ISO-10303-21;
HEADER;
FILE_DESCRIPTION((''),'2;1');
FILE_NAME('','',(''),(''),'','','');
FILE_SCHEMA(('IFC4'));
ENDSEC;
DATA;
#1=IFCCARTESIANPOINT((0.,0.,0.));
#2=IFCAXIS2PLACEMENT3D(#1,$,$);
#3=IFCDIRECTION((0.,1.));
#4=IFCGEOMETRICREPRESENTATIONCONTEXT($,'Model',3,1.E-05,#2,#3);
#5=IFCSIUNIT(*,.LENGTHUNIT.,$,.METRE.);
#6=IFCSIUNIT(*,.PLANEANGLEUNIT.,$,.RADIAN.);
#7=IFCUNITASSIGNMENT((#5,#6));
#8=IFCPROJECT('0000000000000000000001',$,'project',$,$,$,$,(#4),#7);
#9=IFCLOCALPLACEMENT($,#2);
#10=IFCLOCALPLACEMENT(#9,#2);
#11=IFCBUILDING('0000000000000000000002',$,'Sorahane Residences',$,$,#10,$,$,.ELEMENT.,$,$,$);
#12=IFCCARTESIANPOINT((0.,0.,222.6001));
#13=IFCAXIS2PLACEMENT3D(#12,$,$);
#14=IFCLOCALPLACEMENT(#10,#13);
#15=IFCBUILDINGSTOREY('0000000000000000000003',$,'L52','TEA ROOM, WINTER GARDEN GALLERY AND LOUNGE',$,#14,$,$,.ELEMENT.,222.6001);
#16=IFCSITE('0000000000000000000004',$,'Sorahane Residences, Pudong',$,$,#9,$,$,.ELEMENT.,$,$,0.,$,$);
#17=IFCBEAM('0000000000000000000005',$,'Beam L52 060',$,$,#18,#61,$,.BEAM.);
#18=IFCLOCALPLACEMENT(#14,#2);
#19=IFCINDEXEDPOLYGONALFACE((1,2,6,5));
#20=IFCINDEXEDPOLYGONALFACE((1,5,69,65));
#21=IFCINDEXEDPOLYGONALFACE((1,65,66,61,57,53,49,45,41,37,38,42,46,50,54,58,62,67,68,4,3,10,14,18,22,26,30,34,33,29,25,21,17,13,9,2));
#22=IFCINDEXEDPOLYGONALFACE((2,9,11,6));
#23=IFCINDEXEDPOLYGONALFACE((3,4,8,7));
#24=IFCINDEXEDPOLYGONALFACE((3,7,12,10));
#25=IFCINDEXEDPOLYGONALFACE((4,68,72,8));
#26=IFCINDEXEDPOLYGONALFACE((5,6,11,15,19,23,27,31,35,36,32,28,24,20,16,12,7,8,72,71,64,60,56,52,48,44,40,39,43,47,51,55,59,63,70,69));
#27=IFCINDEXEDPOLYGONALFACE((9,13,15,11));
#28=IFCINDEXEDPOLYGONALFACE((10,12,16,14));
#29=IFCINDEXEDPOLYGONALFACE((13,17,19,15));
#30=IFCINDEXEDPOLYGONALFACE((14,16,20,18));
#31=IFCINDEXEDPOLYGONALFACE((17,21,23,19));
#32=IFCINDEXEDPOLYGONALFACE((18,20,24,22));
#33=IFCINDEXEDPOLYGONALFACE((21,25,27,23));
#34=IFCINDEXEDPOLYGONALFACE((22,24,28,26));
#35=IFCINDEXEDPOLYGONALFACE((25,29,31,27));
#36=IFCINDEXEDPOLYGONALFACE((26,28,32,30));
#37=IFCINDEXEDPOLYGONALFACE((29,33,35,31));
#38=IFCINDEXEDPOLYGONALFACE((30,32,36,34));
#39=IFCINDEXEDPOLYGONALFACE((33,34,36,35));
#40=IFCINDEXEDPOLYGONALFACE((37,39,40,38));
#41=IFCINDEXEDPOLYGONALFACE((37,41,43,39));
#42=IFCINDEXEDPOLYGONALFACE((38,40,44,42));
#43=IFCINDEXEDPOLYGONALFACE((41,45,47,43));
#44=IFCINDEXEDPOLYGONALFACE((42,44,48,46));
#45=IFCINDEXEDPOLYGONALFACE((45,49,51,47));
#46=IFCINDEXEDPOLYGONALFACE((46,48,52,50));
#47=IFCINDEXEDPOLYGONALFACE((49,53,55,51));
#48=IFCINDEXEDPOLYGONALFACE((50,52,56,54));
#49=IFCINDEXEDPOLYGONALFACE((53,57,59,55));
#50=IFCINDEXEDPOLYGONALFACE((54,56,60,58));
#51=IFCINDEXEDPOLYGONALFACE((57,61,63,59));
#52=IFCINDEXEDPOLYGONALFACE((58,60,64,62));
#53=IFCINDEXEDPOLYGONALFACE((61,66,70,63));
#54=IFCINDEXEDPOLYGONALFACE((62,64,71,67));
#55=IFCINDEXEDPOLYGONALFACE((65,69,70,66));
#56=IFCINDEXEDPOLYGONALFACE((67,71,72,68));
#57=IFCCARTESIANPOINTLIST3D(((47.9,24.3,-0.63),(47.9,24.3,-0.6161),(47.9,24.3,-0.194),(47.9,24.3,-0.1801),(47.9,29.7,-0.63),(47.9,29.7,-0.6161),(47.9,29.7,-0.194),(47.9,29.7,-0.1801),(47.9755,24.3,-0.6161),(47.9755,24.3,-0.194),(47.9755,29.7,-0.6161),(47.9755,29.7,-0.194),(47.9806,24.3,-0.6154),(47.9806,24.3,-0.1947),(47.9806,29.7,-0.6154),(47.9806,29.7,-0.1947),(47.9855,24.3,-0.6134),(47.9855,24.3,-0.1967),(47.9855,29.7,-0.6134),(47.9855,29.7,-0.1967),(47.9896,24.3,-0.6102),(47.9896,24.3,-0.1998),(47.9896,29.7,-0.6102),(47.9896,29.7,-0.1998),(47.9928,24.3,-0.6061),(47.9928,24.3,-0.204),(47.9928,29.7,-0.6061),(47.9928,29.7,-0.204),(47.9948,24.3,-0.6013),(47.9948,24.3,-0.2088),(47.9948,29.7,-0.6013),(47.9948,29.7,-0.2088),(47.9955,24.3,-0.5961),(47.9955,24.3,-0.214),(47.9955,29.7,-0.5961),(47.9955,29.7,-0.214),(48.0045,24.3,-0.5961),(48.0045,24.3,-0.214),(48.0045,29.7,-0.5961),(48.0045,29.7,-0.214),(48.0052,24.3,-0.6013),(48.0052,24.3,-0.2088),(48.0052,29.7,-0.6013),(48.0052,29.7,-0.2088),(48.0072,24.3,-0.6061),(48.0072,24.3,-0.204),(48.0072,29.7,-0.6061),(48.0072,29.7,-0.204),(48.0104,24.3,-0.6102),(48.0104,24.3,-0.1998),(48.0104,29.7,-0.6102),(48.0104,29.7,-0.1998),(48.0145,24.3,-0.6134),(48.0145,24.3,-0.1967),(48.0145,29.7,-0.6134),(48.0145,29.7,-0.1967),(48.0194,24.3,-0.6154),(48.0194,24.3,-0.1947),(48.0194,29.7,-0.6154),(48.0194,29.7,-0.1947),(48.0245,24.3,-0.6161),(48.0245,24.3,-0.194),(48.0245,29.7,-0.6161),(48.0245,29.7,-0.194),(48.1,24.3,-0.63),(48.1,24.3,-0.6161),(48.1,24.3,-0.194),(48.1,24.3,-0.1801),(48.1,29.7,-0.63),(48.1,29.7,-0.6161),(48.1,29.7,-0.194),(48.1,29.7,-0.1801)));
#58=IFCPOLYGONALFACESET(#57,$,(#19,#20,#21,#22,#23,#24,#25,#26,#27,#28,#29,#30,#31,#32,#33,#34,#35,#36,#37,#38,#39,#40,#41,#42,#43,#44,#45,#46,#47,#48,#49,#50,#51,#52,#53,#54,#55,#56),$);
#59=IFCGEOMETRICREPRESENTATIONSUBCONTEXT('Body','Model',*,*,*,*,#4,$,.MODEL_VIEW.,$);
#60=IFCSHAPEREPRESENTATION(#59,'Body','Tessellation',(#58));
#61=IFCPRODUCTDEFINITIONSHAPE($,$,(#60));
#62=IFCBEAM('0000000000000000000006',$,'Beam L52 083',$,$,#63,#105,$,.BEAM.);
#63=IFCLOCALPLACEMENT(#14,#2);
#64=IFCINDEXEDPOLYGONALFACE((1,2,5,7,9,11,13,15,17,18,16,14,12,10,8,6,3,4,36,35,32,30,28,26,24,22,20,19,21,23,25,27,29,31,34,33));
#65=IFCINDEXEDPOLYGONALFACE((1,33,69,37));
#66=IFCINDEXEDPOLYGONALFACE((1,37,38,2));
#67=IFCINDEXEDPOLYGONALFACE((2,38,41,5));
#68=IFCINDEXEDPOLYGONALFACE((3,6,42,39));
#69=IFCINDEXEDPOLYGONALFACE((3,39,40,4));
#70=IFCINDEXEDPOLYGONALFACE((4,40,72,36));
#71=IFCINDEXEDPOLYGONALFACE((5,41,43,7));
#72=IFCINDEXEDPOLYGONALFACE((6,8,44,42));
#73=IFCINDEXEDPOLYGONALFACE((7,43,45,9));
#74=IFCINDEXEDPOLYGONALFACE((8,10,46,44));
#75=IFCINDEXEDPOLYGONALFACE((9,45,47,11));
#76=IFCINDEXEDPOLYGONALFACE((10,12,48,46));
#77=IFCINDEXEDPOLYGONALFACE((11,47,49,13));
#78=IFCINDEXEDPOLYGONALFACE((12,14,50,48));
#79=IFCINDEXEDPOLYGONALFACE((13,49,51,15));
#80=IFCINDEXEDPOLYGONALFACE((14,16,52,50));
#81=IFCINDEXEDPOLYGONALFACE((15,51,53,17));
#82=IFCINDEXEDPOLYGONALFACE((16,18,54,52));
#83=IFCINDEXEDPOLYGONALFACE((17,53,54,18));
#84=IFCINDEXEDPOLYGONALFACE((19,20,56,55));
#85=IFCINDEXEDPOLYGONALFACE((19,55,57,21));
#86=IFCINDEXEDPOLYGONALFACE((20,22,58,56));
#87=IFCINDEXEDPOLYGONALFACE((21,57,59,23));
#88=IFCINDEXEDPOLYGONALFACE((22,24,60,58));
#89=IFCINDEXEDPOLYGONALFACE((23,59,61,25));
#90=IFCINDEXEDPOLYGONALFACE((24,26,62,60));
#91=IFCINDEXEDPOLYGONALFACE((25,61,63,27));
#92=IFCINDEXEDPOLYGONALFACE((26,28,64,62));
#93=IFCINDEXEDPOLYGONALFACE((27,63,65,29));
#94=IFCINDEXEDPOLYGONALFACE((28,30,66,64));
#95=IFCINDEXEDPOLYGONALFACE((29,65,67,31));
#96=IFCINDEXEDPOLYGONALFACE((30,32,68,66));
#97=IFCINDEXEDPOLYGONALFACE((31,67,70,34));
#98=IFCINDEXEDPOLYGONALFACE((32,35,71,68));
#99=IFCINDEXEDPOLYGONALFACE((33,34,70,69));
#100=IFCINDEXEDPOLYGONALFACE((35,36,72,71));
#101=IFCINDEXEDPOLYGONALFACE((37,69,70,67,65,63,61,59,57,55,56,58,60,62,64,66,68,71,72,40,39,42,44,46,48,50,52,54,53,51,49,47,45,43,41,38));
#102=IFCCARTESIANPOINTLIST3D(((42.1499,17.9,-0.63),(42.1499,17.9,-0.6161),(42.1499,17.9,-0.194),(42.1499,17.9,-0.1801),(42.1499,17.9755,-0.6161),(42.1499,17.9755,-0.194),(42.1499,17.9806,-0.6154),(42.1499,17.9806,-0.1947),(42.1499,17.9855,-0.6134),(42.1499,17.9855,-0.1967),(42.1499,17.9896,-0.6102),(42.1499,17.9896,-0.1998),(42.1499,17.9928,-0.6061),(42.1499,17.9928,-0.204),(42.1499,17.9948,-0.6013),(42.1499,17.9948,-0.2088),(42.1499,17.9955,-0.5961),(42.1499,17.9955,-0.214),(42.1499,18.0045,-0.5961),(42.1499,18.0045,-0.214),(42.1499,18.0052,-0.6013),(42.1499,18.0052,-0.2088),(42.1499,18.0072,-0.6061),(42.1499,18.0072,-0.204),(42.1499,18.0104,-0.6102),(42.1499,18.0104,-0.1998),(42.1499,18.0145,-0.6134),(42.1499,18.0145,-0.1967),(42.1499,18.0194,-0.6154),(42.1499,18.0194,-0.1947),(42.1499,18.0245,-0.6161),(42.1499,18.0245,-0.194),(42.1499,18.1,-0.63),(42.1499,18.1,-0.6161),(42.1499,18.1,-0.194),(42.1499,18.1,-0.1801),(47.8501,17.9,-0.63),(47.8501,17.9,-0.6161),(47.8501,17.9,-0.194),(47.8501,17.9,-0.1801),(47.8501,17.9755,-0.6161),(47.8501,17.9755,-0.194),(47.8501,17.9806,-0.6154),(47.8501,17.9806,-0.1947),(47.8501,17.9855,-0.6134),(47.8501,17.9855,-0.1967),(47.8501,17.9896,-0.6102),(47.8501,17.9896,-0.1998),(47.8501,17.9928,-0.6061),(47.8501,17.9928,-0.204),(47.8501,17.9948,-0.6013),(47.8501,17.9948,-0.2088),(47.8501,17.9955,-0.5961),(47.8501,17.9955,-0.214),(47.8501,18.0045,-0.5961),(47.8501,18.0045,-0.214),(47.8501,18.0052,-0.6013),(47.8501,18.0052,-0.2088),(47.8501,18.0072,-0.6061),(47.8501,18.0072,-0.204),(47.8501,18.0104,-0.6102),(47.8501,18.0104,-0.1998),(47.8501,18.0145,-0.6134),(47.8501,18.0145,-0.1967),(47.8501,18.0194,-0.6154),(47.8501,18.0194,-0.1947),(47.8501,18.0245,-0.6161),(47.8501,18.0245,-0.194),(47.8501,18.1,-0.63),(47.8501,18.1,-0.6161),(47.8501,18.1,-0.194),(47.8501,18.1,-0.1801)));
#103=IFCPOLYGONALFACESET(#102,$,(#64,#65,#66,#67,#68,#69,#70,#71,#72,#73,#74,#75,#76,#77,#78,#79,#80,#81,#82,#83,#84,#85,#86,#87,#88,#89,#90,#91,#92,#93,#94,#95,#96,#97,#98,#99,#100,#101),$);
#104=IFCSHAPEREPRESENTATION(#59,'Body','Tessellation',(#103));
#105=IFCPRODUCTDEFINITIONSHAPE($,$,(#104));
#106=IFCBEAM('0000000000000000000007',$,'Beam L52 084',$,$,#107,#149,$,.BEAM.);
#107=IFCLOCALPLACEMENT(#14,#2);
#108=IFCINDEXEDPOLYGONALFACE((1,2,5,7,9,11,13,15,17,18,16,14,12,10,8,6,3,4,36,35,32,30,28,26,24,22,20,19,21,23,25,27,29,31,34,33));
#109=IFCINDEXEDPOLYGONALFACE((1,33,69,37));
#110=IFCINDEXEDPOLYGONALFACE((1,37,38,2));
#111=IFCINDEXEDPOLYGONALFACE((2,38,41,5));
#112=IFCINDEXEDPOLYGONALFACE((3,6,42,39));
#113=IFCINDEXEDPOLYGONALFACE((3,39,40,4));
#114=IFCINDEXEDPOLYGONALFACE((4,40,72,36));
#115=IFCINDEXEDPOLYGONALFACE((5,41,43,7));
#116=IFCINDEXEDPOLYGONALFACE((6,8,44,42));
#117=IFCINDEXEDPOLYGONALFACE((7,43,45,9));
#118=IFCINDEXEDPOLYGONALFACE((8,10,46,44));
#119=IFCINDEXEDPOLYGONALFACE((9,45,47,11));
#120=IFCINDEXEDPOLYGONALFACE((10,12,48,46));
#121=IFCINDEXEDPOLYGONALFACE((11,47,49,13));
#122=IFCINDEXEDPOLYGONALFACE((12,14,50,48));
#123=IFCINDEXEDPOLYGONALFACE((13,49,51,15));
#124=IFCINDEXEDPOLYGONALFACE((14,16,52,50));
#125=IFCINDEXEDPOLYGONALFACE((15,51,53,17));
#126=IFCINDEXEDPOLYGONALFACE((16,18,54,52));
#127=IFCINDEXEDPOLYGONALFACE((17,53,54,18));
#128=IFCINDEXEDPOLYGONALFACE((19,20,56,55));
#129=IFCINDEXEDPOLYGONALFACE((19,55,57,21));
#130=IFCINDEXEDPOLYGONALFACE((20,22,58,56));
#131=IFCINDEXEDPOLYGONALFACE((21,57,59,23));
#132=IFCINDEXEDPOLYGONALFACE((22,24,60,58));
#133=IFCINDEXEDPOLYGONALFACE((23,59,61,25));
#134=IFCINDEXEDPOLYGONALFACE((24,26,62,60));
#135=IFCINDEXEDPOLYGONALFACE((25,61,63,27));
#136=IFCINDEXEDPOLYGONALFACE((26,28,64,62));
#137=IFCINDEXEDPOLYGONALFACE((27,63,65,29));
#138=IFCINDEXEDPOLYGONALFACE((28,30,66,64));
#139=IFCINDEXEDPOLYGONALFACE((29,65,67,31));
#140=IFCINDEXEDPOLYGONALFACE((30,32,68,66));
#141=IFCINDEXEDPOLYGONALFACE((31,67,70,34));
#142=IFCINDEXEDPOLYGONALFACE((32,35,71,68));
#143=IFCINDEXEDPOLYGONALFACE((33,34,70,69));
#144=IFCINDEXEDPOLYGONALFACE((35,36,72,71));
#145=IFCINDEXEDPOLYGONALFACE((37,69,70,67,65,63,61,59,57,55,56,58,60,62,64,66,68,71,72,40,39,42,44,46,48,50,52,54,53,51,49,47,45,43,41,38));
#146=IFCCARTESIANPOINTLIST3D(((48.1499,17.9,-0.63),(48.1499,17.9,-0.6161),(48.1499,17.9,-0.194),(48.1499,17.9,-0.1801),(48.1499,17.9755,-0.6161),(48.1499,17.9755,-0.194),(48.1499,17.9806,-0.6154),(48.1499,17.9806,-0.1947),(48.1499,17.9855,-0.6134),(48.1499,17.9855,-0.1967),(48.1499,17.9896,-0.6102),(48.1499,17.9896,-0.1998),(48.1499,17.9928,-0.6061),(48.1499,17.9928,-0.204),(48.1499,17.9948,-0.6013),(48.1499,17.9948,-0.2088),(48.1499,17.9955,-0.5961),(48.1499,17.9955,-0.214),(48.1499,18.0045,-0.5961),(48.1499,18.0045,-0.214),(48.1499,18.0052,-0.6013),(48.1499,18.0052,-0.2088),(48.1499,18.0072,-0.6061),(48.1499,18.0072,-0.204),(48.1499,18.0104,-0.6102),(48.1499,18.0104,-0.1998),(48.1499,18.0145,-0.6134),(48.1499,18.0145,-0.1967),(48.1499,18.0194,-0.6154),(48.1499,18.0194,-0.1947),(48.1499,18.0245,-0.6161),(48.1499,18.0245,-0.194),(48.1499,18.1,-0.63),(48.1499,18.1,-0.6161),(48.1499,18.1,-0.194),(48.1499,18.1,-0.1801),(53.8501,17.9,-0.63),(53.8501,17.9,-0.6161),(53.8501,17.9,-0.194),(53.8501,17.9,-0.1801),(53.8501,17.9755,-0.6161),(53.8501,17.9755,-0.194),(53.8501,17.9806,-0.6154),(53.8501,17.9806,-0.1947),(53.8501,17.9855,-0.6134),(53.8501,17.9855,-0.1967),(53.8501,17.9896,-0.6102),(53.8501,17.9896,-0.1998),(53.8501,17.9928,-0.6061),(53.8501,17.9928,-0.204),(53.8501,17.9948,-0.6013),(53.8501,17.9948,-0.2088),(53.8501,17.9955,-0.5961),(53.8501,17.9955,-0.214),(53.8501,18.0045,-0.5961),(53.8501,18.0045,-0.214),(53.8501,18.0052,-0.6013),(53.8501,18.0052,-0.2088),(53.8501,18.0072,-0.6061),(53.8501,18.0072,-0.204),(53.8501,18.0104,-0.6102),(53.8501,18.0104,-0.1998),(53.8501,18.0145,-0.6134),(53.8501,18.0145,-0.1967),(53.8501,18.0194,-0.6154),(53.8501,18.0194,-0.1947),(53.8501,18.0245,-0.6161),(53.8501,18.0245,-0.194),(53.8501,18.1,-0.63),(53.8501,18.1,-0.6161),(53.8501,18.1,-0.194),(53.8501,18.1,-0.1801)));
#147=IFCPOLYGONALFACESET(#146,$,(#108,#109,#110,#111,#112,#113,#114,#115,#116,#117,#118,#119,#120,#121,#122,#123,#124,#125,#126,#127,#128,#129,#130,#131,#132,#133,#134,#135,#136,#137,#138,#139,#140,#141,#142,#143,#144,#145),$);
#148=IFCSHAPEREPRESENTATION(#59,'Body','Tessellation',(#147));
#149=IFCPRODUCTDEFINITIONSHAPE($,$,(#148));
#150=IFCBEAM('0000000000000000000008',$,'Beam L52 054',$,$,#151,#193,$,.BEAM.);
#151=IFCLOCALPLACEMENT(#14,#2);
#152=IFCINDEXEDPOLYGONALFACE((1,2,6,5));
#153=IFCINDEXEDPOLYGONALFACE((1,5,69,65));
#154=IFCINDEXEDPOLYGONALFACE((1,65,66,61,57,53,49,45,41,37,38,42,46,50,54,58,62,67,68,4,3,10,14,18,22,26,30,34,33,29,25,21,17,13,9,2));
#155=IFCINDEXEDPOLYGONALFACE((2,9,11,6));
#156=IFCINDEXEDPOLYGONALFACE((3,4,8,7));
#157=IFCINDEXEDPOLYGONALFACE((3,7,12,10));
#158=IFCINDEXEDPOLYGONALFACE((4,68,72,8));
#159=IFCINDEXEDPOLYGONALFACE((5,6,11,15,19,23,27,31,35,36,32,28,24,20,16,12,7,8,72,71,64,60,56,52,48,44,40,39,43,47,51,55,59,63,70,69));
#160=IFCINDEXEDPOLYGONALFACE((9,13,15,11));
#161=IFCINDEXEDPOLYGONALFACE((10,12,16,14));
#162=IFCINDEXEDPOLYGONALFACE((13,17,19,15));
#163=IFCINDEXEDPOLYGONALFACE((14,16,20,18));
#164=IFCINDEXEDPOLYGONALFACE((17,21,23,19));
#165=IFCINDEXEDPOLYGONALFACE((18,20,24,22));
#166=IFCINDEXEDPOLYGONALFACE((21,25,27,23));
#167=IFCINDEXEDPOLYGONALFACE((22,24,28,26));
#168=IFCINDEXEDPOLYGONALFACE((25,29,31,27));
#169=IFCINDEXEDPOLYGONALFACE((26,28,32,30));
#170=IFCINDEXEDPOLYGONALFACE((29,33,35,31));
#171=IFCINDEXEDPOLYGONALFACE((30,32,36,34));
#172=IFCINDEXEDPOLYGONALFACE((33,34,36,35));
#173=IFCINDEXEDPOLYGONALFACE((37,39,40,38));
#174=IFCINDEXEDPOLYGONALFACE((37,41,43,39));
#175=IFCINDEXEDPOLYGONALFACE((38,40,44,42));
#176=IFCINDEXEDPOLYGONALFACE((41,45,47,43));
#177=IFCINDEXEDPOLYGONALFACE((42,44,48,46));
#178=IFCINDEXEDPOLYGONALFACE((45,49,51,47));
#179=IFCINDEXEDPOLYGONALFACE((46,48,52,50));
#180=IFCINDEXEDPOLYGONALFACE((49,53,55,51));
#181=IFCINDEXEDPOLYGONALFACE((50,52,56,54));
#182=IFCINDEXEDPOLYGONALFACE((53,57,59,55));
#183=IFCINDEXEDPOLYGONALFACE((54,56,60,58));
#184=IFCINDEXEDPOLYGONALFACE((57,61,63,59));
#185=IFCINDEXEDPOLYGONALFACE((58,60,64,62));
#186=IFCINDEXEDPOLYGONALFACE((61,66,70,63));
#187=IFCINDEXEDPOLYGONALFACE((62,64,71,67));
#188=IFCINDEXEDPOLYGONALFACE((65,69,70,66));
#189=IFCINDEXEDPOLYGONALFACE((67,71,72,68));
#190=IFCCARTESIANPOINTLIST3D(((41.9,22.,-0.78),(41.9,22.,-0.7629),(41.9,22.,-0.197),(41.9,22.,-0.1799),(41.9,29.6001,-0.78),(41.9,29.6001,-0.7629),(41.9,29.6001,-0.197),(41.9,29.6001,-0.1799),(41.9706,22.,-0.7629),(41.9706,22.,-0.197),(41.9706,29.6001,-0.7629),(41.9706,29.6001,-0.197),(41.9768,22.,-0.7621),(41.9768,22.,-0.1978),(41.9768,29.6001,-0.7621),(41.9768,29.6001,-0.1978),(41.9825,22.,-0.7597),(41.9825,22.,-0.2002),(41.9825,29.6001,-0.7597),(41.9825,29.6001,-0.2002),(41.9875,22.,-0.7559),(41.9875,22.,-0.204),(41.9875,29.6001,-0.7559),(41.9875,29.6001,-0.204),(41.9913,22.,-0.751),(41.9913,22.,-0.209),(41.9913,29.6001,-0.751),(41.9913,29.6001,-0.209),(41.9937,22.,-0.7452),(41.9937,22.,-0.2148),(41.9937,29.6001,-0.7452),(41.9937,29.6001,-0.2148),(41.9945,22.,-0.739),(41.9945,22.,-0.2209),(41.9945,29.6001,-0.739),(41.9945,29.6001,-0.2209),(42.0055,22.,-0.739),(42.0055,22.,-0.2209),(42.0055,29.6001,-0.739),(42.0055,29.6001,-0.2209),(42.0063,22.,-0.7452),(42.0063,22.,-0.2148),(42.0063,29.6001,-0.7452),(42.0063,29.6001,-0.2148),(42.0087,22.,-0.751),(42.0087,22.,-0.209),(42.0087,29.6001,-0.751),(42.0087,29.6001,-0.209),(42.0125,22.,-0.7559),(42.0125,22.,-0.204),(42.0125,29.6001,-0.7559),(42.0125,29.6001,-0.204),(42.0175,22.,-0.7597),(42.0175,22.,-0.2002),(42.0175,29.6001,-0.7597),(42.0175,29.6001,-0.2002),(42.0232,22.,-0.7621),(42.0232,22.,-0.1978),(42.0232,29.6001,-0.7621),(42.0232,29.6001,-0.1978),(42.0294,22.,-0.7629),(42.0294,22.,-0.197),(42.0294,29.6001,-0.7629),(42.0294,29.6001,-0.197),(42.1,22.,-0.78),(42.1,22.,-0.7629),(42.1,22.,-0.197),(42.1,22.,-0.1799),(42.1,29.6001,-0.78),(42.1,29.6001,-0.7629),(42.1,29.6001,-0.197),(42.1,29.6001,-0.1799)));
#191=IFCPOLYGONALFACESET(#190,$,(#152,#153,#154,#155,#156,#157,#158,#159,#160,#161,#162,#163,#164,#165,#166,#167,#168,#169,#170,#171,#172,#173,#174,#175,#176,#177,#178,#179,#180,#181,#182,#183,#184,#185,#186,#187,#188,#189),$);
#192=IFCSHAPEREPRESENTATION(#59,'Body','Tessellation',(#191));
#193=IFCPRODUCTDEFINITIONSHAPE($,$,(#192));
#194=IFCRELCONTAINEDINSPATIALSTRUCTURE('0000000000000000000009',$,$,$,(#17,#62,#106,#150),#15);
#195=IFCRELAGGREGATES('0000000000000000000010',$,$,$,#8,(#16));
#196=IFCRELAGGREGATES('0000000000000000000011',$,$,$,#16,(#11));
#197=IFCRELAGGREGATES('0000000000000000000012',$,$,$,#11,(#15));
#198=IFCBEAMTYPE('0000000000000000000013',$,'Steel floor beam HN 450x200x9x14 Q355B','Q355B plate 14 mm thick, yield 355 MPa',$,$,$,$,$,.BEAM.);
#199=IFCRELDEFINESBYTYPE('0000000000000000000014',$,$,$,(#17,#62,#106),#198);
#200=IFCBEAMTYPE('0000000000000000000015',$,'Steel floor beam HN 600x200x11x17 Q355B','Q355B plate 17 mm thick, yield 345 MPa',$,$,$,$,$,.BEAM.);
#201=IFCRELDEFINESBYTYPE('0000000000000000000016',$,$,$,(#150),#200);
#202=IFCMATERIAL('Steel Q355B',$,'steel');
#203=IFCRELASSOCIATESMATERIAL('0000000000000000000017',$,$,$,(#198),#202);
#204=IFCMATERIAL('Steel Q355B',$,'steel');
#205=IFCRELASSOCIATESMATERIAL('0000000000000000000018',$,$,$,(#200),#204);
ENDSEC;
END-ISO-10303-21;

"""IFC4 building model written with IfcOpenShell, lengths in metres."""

from ifc_helpers import new_model, si_unit, direction, frame, origin, origin_2d, place, context, subcontext, project, spatial, i_section, extrude, material, material_profile, profile_set, type_object, element, save


model = new_model("IFC4")

# Units and contexts
model_context = context("Model", 3, precision=1e-05, world=origin(), true_north=direction((0.0, 1.0)))
body_context = subcontext(model_context, "Body", "Model", "MODEL_VIEW")
ifc_project = project(units=[si_unit("LENGTHUNIT", "METRE"), si_unit("PLANEANGLEUNIT", "RADIAN")], contexts=[model_context])

# Site, building, storey
site_placement = place(None, origin())
site = spatial("IfcSite", under=ifc_project, at=site_placement, Name="Sorahane Residences, Pudong", CompositionType="ELEMENT", RefElevation=0.0)
building_placement = place(site_placement, origin())
building = spatial("IfcBuilding", under=site, at=building_placement, Name="Sorahane Residences", CompositionType="ELEMENT")
storey_placement = place(building_placement, frame((0.0, 0.0, 222.6001)))
storey = spatial("IfcBuildingStorey", under=building, at=storey_placement, Name="L52", Description="TEA ROOM, WINTER GARDEN GALLERY AND LOUNGE", CompositionType="ELEMENT", Elevation=222.6001)

# Beams
ifc_material_1 = material(Name="Steel Q355B", Category="steel")
ifc_material_profile_1 = material_profile(ifc_material_1, i_section(OverallWidth=0.2, OverallDepth=0.45, WebThickness=0.009, FlangeThickness=0.0139, FilletRadius=0.02, at=origin_2d()), Name="HN 450x200x9x14")
ifc_profile_set_1 = profile_set([ifc_material_profile_1], Name="Steel Q355B")
beam_type_1 = type_object("IfcBeamType", Name="Steel floor beam HN 450x200x9x14 Q355B", Description="Q355B plate 14 mm thick, yield 355 MPa", PredefinedType="BEAM", material=ifc_profile_set_1)
beam_1_placement = place(storey_placement, frame((48.0, 24.3, -0.405), z_axis=(0.0, 1.0, 0.0), x_axis=(-1.0, 0.0, 0.0)))
element("IfcBeam", 1, at=beam_1_placement, inside=storey, type_object=beam_type_1, Name="Beam L52 060", PredefinedType="BEAM", context=body_context, shape_type="SweptSolid", body=[
    extrude(i_section(OverallWidth=0.2, OverallDepth=0.45, WebThickness=0.009, FlangeThickness=0.0139, FilletRadius=0.02, at=origin_2d()), origin(), (0.0, 0.0, 1.0), 5.3999),
])
for number, where, z_axis, x_axis, name in (
    (2, (42.1499, 18.0, -0.405), (1.0, 0.0, 0.0), (0.0, 1.0, 0.0), "Beam L52 083"),
    (3, (48.1499, 18.0, -0.405), (1.0, 0.0, 0.0), (0.0, 1.0, 0.0), "Beam L52 084"),
):
    element("IfcBeam", number, at=place(storey_placement, frame(where, z_axis=z_axis, x_axis=x_axis)), inside=storey, type_object=beam_type_1, Name=name, PredefinedType="BEAM", context=body_context, shape_type="SweptSolid", body=[
        extrude(i_section(OverallWidth=0.2, OverallDepth=0.45, WebThickness=0.009, FlangeThickness=0.0139, FilletRadius=0.02, at=origin_2d()), origin(), (0.0, 0.0, 1.0), 5.7002),
    ])
ifc_material_2 = material(Name="Steel Q355B", Category="steel")
ifc_material_profile_2 = material_profile(ifc_material_2, i_section(OverallWidth=0.2, OverallDepth=0.6001, WebThickness=0.011, FlangeThickness=0.0171, FilletRadius=0.0239, at=origin_2d()), Name="HN 600x200x11x17")
ifc_profile_set_2 = profile_set([ifc_material_profile_2], Name="Steel Q355B")
beam_type_2 = type_object("IfcBeamType", Name="Steel floor beam HN 600x200x11x17 Q355B", Description="Q355B plate 17 mm thick, yield 345 MPa", PredefinedType="BEAM", material=ifc_profile_set_2)
beam_2_placement = place(storey_placement, frame((42.0, 22.0, -0.48), z_axis=(0.0, 1.0, 0.0), x_axis=(-1.0, 0.0, 0.0)))
element("IfcBeam", 4, at=beam_2_placement, inside=storey, type_object=beam_type_2, Name="Beam L52 054", PredefinedType="BEAM", context=body_context, shape_type="SweptSolid", body=[
    extrude(i_section(OverallWidth=0.2, OverallDepth=0.6001, WebThickness=0.011, FlangeThickness=0.0171, FilletRadius=0.0239, at=origin_2d()), origin(), (0.0, 0.0, 1.0), 7.6001),
])

save(model, "model.ifc")
